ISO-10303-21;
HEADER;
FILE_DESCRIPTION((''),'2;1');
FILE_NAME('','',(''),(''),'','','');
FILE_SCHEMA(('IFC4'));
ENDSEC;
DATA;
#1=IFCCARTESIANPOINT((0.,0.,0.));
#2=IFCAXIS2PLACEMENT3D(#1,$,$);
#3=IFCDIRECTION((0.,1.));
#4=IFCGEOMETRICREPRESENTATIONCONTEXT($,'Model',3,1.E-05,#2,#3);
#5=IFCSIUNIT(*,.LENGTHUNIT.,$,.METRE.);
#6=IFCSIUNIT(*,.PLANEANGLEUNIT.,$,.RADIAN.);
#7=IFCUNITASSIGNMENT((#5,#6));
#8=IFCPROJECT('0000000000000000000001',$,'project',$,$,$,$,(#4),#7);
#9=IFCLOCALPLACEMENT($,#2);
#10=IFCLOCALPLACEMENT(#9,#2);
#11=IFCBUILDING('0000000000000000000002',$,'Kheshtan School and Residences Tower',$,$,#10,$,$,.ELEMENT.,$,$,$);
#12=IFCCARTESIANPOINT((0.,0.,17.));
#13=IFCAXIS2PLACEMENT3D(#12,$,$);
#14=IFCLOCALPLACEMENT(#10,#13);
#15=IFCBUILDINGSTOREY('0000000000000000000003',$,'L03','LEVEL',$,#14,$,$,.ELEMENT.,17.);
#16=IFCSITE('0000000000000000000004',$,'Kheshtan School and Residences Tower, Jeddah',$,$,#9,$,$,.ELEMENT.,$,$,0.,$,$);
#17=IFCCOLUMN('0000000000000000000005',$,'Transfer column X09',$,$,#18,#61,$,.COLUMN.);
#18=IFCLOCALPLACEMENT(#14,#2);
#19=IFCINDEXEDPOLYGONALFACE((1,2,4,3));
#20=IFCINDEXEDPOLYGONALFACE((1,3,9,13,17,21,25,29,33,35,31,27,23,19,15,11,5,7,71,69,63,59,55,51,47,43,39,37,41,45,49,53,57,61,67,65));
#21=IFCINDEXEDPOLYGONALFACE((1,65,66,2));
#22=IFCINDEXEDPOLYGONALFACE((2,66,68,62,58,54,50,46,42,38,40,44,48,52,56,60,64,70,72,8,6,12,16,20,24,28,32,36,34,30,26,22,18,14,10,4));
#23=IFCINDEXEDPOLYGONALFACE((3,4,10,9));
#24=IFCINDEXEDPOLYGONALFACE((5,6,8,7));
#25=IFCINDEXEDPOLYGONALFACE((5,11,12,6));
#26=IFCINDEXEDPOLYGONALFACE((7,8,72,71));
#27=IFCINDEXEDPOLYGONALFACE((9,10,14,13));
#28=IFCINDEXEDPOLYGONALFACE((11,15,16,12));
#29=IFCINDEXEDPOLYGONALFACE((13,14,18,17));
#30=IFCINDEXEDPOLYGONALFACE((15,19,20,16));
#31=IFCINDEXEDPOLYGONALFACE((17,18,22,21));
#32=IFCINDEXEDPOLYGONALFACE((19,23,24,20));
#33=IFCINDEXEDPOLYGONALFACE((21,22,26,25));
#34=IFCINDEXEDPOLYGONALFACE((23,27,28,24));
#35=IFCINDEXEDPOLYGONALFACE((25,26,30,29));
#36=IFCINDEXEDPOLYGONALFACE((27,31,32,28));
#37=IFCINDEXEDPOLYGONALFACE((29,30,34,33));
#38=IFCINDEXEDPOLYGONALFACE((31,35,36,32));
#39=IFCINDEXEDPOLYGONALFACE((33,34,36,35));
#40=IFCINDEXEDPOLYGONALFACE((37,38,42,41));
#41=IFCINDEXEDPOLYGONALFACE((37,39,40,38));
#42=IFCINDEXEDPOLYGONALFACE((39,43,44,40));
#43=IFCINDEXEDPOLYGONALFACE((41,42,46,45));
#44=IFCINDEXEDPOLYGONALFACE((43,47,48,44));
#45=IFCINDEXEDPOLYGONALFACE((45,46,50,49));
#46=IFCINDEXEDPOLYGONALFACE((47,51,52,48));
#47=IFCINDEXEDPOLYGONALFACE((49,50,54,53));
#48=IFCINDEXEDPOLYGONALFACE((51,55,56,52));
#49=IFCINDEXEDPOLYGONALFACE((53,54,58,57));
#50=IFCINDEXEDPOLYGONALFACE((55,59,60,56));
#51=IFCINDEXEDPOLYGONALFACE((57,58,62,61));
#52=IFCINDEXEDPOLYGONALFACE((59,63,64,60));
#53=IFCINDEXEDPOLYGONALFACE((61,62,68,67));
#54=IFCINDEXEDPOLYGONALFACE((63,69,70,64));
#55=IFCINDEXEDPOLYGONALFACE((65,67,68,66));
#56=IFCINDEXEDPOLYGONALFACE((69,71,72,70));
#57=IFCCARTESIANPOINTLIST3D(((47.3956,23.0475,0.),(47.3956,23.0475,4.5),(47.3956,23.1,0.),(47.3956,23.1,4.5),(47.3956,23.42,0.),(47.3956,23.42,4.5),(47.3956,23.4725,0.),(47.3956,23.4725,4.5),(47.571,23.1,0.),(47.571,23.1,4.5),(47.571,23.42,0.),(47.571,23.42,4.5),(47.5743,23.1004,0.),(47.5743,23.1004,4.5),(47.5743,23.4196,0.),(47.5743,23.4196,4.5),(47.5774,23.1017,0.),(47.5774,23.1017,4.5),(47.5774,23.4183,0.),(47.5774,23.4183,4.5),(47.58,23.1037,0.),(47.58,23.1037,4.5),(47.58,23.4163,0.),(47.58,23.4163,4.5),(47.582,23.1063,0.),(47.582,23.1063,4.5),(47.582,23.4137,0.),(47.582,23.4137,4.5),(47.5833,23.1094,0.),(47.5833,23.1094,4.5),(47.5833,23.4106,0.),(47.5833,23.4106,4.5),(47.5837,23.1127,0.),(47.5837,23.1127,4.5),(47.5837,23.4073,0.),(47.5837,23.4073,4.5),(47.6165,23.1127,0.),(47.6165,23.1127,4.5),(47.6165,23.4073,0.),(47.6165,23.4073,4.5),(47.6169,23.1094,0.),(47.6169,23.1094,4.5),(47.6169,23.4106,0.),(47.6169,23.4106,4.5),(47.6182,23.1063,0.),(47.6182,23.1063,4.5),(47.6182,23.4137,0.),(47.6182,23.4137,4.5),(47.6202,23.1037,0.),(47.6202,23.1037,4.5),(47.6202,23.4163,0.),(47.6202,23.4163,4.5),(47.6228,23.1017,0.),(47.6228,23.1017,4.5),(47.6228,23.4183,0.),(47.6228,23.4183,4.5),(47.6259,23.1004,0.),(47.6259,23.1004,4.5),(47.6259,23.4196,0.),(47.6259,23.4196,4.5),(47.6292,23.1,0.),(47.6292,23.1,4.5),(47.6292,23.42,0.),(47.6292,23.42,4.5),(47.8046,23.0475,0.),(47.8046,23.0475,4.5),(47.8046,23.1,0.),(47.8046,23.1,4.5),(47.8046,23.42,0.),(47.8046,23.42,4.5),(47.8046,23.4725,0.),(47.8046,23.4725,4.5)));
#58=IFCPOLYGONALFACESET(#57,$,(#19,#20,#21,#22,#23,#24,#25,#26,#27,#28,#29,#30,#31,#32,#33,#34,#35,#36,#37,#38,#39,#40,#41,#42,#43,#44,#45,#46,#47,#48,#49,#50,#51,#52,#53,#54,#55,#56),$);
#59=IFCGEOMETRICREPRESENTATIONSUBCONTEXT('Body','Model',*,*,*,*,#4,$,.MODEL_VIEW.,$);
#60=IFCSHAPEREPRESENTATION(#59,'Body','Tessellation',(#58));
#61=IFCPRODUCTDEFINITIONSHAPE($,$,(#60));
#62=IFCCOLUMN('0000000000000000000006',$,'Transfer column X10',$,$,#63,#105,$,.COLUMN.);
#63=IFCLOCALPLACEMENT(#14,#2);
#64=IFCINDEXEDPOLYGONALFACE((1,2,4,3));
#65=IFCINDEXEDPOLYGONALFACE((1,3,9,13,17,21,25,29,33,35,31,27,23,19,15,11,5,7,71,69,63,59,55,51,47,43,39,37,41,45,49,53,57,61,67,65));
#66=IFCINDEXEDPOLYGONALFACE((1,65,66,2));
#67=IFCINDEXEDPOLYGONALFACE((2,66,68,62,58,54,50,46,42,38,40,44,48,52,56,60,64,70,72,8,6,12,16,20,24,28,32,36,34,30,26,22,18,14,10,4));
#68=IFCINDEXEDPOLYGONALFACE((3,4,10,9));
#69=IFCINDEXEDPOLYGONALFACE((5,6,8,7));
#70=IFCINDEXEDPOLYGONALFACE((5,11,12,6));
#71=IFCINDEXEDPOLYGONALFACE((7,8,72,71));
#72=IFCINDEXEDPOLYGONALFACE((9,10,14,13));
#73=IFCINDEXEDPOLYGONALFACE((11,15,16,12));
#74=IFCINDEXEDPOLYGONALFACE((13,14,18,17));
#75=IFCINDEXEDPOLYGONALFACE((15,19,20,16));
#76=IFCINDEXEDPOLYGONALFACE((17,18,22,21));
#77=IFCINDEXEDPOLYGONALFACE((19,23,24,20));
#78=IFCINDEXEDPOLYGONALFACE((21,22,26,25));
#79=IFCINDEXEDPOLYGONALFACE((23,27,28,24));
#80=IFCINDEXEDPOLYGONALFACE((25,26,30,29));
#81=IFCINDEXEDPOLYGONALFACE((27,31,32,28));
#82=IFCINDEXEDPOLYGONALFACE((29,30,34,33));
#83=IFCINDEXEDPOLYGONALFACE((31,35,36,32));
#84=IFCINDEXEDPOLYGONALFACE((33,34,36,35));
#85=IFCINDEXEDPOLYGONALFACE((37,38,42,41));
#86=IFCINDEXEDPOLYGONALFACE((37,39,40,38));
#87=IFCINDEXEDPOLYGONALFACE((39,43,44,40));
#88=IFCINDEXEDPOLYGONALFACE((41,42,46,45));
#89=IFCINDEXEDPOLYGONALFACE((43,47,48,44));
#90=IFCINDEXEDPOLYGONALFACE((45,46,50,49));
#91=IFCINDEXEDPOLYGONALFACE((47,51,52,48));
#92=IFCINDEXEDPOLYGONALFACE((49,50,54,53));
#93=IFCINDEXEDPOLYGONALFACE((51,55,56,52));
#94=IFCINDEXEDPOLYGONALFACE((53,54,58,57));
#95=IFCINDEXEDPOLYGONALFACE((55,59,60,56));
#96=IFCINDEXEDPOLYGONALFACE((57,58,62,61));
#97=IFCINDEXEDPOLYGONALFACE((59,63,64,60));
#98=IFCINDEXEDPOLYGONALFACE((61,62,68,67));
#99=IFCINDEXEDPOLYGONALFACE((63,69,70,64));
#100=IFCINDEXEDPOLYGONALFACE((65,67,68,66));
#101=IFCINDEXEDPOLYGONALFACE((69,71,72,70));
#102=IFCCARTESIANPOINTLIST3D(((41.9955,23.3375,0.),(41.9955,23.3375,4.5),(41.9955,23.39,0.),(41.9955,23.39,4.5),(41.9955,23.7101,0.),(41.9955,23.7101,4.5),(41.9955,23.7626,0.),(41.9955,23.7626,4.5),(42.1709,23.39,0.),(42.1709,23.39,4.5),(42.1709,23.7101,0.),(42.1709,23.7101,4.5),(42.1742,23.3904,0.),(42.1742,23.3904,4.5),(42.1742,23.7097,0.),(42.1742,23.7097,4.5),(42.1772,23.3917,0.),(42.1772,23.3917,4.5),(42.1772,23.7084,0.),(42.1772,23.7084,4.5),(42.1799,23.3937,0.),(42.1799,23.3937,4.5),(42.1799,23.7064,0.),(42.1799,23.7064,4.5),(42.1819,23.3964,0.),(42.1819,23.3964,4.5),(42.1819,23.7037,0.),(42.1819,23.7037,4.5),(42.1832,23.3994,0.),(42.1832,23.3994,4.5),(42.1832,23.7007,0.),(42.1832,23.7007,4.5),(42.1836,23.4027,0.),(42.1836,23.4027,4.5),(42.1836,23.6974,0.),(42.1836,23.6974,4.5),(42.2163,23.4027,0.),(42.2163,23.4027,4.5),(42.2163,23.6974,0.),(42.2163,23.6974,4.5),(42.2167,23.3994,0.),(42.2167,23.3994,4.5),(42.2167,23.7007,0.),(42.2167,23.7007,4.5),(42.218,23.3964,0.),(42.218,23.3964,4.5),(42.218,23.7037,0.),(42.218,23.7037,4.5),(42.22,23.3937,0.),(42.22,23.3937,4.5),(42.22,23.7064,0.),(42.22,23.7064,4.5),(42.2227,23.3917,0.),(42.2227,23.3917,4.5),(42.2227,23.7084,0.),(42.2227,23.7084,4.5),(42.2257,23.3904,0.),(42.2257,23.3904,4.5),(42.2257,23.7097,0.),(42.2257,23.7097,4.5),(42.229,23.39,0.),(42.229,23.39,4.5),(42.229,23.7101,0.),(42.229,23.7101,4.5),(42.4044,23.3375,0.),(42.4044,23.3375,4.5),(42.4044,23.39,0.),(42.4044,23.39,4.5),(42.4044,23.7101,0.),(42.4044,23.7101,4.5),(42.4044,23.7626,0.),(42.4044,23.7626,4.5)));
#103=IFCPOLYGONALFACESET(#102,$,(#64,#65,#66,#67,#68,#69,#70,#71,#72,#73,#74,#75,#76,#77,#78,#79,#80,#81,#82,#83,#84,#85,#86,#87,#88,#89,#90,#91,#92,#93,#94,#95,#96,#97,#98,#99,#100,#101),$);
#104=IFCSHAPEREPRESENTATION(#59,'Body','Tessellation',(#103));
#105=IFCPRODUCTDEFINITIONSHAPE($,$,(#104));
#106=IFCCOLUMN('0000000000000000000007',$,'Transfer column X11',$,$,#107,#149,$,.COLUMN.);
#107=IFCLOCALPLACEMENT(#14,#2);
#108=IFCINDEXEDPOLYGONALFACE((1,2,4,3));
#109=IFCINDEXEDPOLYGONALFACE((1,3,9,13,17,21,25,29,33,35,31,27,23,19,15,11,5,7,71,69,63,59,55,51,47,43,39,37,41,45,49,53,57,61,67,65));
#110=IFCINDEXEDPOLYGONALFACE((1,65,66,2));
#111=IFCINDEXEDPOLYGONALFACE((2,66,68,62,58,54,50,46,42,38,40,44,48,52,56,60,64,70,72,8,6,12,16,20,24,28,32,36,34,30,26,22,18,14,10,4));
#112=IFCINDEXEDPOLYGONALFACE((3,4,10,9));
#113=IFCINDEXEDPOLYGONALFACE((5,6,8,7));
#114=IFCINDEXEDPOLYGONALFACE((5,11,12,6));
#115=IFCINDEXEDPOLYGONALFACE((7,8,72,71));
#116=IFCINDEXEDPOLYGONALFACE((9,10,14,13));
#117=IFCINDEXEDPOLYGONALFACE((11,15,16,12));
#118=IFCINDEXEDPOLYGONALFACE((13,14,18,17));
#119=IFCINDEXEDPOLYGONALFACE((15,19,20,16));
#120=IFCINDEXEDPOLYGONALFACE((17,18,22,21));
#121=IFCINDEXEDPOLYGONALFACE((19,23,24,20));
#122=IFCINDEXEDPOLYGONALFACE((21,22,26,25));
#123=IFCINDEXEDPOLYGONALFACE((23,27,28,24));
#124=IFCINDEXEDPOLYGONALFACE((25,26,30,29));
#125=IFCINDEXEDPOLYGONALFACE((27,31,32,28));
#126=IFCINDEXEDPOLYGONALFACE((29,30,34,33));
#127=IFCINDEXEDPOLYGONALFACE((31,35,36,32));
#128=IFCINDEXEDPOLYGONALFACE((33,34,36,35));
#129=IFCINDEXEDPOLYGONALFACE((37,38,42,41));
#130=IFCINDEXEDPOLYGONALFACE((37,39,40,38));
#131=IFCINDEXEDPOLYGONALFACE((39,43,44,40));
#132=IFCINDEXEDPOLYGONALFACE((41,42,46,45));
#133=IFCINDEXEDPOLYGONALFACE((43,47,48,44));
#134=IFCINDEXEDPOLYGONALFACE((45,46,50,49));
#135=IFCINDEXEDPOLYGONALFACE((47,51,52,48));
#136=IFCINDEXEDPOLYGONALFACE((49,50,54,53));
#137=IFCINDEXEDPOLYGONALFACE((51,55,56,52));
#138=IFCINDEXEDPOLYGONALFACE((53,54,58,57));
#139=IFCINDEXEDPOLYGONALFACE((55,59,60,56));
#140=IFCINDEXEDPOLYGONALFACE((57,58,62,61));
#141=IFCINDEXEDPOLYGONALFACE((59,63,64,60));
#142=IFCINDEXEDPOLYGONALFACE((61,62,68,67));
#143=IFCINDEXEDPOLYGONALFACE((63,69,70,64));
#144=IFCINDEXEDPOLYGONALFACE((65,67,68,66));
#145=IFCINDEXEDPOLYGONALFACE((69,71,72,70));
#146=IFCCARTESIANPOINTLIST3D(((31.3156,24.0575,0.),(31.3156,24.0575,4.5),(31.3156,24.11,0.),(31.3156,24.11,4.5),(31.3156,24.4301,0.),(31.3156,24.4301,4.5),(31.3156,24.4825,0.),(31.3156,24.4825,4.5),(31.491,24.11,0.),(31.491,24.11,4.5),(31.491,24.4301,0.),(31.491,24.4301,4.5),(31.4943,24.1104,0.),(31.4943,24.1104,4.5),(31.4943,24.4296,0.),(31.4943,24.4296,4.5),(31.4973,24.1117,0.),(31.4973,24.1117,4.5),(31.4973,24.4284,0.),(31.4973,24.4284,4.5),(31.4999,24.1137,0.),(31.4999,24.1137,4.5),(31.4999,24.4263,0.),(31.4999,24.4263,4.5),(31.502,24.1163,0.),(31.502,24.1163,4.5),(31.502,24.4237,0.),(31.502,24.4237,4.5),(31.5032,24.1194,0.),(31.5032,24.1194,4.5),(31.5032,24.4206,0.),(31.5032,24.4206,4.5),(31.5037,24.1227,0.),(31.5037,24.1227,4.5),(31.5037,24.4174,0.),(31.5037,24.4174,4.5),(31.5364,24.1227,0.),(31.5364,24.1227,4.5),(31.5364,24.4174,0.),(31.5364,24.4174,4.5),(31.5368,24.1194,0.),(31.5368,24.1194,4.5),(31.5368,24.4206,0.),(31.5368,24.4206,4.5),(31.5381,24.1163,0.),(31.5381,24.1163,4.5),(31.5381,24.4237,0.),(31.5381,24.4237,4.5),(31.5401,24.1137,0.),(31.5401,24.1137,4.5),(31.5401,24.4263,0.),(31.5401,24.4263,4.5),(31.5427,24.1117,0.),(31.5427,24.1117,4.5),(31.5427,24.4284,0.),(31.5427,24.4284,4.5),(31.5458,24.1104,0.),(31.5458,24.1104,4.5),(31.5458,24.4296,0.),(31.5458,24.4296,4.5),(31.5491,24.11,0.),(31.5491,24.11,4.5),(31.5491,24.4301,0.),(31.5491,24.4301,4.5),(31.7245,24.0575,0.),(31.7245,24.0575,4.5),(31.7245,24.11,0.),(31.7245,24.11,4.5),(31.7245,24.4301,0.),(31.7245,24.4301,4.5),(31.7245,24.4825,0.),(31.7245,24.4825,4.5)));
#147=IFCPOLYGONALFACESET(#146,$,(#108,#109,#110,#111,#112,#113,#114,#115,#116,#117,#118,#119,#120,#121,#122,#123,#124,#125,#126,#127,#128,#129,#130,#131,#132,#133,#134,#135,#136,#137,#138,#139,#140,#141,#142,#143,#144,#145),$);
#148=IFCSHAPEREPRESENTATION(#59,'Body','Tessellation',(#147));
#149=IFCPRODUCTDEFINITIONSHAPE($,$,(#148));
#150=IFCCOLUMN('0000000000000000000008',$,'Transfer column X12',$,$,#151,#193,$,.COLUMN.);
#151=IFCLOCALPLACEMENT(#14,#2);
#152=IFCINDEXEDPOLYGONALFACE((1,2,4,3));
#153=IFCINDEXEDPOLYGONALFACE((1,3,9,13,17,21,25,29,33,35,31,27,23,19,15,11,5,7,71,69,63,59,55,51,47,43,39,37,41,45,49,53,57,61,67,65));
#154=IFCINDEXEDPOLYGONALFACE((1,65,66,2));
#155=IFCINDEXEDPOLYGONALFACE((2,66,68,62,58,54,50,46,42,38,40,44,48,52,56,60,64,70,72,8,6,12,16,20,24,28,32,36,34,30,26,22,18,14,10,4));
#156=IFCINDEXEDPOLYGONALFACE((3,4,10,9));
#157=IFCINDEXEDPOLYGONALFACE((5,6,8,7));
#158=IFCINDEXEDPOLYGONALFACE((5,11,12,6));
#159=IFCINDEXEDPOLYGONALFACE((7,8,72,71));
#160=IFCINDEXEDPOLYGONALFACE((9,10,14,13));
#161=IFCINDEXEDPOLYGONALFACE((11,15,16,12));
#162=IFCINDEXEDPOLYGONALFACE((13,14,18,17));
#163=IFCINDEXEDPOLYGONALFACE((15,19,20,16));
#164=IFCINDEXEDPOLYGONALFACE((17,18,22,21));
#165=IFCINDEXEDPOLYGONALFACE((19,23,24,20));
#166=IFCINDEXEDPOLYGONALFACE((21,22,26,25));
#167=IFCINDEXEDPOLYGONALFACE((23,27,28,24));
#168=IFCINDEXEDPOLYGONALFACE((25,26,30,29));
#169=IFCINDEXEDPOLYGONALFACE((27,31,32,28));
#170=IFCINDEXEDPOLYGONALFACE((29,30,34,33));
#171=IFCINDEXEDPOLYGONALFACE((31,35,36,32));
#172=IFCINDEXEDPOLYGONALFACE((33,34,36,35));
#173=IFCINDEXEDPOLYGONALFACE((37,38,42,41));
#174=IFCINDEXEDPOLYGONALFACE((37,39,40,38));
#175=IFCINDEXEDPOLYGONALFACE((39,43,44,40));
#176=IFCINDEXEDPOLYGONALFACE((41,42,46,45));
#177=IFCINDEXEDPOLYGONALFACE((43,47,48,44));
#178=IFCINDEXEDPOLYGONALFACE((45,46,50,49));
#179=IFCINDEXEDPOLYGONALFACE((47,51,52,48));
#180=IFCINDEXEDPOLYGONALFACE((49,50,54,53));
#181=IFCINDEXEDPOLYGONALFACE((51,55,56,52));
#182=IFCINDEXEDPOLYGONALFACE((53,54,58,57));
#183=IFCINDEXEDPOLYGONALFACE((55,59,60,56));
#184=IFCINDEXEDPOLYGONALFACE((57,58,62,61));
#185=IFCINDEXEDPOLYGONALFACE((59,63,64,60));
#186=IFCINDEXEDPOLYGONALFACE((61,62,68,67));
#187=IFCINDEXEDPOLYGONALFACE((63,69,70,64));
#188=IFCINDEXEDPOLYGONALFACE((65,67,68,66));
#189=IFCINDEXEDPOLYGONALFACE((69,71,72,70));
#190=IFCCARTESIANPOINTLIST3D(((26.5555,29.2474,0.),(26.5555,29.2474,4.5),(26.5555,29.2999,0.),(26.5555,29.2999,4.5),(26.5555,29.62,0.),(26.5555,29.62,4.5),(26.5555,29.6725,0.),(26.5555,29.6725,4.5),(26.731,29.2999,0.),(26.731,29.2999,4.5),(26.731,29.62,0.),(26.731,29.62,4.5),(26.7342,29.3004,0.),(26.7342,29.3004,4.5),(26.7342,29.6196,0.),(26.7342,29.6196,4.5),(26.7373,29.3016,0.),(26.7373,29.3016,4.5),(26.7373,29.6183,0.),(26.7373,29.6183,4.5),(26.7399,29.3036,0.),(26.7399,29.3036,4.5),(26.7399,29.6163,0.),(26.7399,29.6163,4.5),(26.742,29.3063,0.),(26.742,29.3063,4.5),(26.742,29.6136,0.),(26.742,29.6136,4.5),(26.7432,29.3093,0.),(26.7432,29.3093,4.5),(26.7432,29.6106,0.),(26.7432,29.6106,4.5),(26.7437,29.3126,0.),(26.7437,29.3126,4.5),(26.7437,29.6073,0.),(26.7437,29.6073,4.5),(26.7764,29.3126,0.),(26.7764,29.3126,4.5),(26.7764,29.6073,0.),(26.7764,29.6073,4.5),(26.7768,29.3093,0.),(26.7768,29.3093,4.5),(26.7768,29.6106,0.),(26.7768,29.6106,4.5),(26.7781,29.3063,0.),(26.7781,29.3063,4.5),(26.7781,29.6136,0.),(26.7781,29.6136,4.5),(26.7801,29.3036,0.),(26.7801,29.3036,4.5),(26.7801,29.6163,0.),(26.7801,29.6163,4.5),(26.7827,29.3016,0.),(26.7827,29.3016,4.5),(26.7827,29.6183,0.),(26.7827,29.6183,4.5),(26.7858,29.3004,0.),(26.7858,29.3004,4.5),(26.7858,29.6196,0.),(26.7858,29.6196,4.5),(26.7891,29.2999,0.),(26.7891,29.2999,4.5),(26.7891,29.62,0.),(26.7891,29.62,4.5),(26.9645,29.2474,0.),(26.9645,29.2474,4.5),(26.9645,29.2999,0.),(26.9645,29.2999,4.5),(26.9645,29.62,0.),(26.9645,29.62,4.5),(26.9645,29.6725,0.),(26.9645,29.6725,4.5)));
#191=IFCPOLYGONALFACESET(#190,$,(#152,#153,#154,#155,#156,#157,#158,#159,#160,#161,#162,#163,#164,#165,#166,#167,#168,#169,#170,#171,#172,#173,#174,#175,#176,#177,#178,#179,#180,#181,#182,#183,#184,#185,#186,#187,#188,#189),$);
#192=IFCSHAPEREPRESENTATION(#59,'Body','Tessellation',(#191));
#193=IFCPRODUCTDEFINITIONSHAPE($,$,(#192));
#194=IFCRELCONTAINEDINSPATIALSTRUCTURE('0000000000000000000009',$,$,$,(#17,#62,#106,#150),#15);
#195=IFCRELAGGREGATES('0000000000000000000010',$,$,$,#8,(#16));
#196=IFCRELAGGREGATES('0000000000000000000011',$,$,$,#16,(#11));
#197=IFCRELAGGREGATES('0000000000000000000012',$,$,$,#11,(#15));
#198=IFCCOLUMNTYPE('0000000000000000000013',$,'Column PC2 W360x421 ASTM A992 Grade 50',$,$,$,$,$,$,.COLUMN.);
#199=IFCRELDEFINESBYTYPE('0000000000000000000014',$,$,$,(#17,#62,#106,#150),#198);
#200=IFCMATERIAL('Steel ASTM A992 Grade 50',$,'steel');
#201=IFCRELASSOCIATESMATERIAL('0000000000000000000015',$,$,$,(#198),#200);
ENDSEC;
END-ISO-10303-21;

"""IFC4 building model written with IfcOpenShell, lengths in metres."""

from ifc_helpers import new_model, si_unit, direction, frame, origin, origin_2d, place, context, subcontext, project, spatial, i_section, extrude, material, material_profile, profile_set, type_object, element, save


model = new_model("IFC4")

# Units and contexts
model_context = context("Model", 3, precision=1e-05, world=origin(), true_north=direction((0.0, 1.0)))
body_context = subcontext(model_context, "Body", "Model", "MODEL_VIEW")
ifc_project = project(units=[si_unit("LENGTHUNIT", "METRE"), si_unit("PLANEANGLEUNIT", "RADIAN")], contexts=[model_context])

# Site, building, storey
site_placement = place(None, origin())
site = spatial("IfcSite", under=ifc_project, at=site_placement, Name="Kheshtan School and Residences Tower, Jeddah", CompositionType="ELEMENT", RefElevation=0.0)
building_placement = place(site_placement, origin())
building = spatial("IfcBuilding", under=site, at=building_placement, Name="Kheshtan School and Residences Tower", CompositionType="ELEMENT")
storey_placement = place(building_placement, frame((0.0, 0.0, 17.0)))
storey = spatial("IfcBuildingStorey", under=building, at=storey_placement, Name="L03", Description="LEVEL", CompositionType="ELEMENT", Elevation=17.0)

# Columns
ifc_material_1 = material(Name="Steel ASTM A992 Grade 50", Category="steel")
ifc_material_profile_1 = material_profile(ifc_material_1, i_section(OverallWidth=0.4089, OverallDepth=0.425, WebThickness=0.0327, FlangeThickness=0.0525, FilletRadius=0.0127, at=origin_2d()), Name="W360x421")
ifc_profile_set_1 = profile_set([ifc_material_profile_1], Name="Steel ASTM A992 Grade 50")
column_type = type_object("IfcColumnType", Name="Column PC2 W360x421 ASTM A992 Grade 50", PredefinedType="COLUMN", material=ifc_profile_set_1)
for number, where, z_axis, x_axis, name in (
    (1, (47.6001, 23.26, 0.0), (0.0, 0.0, 1.0), (1.0, 0.0, 0.0), "Transfer column X09"),
    (2, (42.2, 23.55, 0.0), (0.0, 0.0, 1.0), (1.0, 0.0, 0.0), "Transfer column X10"),
    (3, (31.52, 24.27, 0.0), (0.0, 0.0, 1.0), (1.0, 0.0, 0.0), "Transfer column X11"),
    (4, (26.76, 29.46, 0.0), (0.0, 0.0, 1.0), (1.0, 0.0, 0.0), "Transfer column X12"),
):
    element("IfcColumn", number, at=place(storey_placement, frame(where, z_axis=z_axis, x_axis=x_axis)), inside=storey, type_object=column_type, Name=name, PredefinedType="COLUMN", context=body_context, shape_type="SweptSolid", body=[
        extrude(i_section(OverallWidth=0.4089, OverallDepth=0.425, WebThickness=0.0327, FlangeThickness=0.0525, FilletRadius=0.0127, at=origin_2d()), origin(), (0.0, 0.0, 1.0), 4.5),
    ])

save(model, "model.ifc")
